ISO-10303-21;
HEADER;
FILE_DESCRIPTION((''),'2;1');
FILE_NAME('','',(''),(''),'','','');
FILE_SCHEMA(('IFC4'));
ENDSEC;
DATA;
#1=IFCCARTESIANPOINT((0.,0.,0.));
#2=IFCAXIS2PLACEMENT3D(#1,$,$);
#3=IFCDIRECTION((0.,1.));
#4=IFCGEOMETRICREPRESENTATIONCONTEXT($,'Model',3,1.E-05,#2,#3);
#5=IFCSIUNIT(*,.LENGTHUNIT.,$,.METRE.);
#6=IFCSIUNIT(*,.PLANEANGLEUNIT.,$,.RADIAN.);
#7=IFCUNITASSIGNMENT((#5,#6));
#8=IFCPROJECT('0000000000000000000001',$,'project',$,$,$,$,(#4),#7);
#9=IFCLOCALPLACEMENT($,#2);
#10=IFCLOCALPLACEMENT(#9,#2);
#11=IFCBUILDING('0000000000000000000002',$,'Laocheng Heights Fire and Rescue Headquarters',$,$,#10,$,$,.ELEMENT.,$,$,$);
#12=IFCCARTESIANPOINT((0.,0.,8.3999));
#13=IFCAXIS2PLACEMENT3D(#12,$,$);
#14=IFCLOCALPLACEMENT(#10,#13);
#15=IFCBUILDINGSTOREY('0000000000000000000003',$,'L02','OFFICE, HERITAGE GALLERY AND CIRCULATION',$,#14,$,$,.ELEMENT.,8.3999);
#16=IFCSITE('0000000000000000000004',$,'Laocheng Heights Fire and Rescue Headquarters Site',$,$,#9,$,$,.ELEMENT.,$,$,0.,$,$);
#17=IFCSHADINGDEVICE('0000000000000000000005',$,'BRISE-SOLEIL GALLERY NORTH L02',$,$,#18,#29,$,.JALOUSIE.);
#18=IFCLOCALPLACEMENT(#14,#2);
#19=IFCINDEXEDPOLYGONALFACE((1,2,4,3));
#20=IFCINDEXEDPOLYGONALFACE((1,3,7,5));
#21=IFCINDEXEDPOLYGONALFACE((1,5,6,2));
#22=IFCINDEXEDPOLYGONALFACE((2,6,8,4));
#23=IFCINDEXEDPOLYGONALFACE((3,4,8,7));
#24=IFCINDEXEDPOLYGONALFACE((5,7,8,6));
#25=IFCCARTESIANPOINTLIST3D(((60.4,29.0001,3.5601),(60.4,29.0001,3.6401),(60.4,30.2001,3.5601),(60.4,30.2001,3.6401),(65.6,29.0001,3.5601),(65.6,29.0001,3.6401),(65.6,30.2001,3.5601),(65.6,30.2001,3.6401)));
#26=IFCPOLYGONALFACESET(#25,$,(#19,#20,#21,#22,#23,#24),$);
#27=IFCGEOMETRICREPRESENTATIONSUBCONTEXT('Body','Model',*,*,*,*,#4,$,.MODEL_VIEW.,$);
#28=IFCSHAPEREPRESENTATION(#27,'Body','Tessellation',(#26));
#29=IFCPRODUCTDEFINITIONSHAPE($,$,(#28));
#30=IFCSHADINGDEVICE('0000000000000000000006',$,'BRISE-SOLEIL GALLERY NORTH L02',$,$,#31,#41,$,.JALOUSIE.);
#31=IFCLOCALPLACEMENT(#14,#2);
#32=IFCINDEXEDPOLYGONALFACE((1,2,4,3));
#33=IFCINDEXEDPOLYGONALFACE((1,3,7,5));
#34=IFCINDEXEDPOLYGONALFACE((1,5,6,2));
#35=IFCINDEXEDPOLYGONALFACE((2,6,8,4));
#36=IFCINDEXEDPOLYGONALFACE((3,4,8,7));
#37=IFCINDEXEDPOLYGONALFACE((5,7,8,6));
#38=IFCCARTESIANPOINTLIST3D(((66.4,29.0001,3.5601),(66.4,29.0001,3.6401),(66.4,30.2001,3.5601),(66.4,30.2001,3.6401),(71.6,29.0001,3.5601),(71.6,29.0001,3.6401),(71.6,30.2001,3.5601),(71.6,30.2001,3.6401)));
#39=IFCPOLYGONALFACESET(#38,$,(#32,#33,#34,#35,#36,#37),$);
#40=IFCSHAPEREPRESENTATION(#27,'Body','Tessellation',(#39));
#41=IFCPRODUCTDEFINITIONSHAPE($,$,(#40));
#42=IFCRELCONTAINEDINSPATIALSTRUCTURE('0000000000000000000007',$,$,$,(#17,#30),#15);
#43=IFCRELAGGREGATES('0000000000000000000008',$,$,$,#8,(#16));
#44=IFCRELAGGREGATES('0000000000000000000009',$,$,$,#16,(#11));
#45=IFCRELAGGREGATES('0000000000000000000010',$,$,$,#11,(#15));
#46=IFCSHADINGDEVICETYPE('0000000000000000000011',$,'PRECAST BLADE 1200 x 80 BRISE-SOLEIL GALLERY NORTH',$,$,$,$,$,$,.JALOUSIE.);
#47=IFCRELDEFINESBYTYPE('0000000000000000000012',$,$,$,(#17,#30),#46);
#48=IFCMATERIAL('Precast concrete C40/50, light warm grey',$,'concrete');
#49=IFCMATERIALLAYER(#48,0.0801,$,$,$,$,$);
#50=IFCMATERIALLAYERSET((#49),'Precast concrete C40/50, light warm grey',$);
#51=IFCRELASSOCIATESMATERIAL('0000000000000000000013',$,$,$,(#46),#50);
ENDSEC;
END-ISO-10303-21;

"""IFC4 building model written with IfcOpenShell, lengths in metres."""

from ifc_helpers import new_model, si_unit, direction, frame, origin, origin_2d, place, context, subcontext, project, spatial, rectangle, extrude, material, layer, layer_set, type_object, element, save


model = new_model("IFC4")

# Units and contexts
model_context = context("Model", 3, precision=1e-05, world=origin(), true_north=direction((0.0, 1.0)))
body_context = subcontext(model_context, "Body", "Model", "MODEL_VIEW")
ifc_project = project(units=[si_unit("LENGTHUNIT", "METRE"), si_unit("PLANEANGLEUNIT", "RADIAN")], contexts=[model_context])

# Site, building, storey
site_placement = place(None, origin())
site = spatial("IfcSite", under=ifc_project, at=site_placement, Name="Laocheng Heights Fire and Rescue Headquarters Site", CompositionType="ELEMENT", RefElevation=0.0)
building_placement = place(site_placement, origin())
building = spatial("IfcBuilding", under=site, at=building_placement, Name="Laocheng Heights Fire and Rescue Headquarters", CompositionType="ELEMENT")
storey_placement = place(building_placement, frame((0.0, 0.0, 8.3999)))
storey = spatial("IfcBuildingStorey", under=building, at=storey_placement, Name="L02", Description="OFFICE, HERITAGE GALLERY AND CIRCULATION", CompositionType="ELEMENT", Elevation=8.3999)

# Shading devices
ifc_material_1 = material(Name="Precast concrete C40/50, light warm grey", Category="concrete")
ifc_layer_1 = layer(ifc_material_1, 0.0801)
ifc_layer_set_1 = layer_set([ifc_layer_1], Name="Precast concrete C40/50, light warm grey")
shading_device_type_1 = type_object("IfcShadingDeviceType", Name="PRECAST BLADE 1200 x 80 BRISE-SOLEIL GALLERY NORTH", PredefinedType="JALOUSIE", material=ifc_layer_set_1)
for number, where, z_axis, x_axis, name in (
    (1, (63.0, 29.6001, 3.5601), (0.0, 0.0, 1.0), (1.0, 0.0, 0.0), "BRISE-SOLEIL GALLERY NORTH L02"),
    (2, (69.0, 29.6001, 3.5601), (0.0, 0.0, 1.0), (1.0, 0.0, 0.0), "BRISE-SOLEIL GALLERY NORTH L02"),
):
    element("IfcShadingDevice", number, at=place(storey_placement, frame(where, z_axis=z_axis, x_axis=x_axis)), inside=storey, type_object=shading_device_type_1, Name=name, PredefinedType="JALOUSIE", context=body_context, shape_type="SweptSolid", body=[
        extrude(rectangle(XDim=5.2, YDim=1.2, at=origin_2d()), origin(), (0.0, 0.0, 1.0), 0.0801),
    ])

save(model, "model.ifc")
